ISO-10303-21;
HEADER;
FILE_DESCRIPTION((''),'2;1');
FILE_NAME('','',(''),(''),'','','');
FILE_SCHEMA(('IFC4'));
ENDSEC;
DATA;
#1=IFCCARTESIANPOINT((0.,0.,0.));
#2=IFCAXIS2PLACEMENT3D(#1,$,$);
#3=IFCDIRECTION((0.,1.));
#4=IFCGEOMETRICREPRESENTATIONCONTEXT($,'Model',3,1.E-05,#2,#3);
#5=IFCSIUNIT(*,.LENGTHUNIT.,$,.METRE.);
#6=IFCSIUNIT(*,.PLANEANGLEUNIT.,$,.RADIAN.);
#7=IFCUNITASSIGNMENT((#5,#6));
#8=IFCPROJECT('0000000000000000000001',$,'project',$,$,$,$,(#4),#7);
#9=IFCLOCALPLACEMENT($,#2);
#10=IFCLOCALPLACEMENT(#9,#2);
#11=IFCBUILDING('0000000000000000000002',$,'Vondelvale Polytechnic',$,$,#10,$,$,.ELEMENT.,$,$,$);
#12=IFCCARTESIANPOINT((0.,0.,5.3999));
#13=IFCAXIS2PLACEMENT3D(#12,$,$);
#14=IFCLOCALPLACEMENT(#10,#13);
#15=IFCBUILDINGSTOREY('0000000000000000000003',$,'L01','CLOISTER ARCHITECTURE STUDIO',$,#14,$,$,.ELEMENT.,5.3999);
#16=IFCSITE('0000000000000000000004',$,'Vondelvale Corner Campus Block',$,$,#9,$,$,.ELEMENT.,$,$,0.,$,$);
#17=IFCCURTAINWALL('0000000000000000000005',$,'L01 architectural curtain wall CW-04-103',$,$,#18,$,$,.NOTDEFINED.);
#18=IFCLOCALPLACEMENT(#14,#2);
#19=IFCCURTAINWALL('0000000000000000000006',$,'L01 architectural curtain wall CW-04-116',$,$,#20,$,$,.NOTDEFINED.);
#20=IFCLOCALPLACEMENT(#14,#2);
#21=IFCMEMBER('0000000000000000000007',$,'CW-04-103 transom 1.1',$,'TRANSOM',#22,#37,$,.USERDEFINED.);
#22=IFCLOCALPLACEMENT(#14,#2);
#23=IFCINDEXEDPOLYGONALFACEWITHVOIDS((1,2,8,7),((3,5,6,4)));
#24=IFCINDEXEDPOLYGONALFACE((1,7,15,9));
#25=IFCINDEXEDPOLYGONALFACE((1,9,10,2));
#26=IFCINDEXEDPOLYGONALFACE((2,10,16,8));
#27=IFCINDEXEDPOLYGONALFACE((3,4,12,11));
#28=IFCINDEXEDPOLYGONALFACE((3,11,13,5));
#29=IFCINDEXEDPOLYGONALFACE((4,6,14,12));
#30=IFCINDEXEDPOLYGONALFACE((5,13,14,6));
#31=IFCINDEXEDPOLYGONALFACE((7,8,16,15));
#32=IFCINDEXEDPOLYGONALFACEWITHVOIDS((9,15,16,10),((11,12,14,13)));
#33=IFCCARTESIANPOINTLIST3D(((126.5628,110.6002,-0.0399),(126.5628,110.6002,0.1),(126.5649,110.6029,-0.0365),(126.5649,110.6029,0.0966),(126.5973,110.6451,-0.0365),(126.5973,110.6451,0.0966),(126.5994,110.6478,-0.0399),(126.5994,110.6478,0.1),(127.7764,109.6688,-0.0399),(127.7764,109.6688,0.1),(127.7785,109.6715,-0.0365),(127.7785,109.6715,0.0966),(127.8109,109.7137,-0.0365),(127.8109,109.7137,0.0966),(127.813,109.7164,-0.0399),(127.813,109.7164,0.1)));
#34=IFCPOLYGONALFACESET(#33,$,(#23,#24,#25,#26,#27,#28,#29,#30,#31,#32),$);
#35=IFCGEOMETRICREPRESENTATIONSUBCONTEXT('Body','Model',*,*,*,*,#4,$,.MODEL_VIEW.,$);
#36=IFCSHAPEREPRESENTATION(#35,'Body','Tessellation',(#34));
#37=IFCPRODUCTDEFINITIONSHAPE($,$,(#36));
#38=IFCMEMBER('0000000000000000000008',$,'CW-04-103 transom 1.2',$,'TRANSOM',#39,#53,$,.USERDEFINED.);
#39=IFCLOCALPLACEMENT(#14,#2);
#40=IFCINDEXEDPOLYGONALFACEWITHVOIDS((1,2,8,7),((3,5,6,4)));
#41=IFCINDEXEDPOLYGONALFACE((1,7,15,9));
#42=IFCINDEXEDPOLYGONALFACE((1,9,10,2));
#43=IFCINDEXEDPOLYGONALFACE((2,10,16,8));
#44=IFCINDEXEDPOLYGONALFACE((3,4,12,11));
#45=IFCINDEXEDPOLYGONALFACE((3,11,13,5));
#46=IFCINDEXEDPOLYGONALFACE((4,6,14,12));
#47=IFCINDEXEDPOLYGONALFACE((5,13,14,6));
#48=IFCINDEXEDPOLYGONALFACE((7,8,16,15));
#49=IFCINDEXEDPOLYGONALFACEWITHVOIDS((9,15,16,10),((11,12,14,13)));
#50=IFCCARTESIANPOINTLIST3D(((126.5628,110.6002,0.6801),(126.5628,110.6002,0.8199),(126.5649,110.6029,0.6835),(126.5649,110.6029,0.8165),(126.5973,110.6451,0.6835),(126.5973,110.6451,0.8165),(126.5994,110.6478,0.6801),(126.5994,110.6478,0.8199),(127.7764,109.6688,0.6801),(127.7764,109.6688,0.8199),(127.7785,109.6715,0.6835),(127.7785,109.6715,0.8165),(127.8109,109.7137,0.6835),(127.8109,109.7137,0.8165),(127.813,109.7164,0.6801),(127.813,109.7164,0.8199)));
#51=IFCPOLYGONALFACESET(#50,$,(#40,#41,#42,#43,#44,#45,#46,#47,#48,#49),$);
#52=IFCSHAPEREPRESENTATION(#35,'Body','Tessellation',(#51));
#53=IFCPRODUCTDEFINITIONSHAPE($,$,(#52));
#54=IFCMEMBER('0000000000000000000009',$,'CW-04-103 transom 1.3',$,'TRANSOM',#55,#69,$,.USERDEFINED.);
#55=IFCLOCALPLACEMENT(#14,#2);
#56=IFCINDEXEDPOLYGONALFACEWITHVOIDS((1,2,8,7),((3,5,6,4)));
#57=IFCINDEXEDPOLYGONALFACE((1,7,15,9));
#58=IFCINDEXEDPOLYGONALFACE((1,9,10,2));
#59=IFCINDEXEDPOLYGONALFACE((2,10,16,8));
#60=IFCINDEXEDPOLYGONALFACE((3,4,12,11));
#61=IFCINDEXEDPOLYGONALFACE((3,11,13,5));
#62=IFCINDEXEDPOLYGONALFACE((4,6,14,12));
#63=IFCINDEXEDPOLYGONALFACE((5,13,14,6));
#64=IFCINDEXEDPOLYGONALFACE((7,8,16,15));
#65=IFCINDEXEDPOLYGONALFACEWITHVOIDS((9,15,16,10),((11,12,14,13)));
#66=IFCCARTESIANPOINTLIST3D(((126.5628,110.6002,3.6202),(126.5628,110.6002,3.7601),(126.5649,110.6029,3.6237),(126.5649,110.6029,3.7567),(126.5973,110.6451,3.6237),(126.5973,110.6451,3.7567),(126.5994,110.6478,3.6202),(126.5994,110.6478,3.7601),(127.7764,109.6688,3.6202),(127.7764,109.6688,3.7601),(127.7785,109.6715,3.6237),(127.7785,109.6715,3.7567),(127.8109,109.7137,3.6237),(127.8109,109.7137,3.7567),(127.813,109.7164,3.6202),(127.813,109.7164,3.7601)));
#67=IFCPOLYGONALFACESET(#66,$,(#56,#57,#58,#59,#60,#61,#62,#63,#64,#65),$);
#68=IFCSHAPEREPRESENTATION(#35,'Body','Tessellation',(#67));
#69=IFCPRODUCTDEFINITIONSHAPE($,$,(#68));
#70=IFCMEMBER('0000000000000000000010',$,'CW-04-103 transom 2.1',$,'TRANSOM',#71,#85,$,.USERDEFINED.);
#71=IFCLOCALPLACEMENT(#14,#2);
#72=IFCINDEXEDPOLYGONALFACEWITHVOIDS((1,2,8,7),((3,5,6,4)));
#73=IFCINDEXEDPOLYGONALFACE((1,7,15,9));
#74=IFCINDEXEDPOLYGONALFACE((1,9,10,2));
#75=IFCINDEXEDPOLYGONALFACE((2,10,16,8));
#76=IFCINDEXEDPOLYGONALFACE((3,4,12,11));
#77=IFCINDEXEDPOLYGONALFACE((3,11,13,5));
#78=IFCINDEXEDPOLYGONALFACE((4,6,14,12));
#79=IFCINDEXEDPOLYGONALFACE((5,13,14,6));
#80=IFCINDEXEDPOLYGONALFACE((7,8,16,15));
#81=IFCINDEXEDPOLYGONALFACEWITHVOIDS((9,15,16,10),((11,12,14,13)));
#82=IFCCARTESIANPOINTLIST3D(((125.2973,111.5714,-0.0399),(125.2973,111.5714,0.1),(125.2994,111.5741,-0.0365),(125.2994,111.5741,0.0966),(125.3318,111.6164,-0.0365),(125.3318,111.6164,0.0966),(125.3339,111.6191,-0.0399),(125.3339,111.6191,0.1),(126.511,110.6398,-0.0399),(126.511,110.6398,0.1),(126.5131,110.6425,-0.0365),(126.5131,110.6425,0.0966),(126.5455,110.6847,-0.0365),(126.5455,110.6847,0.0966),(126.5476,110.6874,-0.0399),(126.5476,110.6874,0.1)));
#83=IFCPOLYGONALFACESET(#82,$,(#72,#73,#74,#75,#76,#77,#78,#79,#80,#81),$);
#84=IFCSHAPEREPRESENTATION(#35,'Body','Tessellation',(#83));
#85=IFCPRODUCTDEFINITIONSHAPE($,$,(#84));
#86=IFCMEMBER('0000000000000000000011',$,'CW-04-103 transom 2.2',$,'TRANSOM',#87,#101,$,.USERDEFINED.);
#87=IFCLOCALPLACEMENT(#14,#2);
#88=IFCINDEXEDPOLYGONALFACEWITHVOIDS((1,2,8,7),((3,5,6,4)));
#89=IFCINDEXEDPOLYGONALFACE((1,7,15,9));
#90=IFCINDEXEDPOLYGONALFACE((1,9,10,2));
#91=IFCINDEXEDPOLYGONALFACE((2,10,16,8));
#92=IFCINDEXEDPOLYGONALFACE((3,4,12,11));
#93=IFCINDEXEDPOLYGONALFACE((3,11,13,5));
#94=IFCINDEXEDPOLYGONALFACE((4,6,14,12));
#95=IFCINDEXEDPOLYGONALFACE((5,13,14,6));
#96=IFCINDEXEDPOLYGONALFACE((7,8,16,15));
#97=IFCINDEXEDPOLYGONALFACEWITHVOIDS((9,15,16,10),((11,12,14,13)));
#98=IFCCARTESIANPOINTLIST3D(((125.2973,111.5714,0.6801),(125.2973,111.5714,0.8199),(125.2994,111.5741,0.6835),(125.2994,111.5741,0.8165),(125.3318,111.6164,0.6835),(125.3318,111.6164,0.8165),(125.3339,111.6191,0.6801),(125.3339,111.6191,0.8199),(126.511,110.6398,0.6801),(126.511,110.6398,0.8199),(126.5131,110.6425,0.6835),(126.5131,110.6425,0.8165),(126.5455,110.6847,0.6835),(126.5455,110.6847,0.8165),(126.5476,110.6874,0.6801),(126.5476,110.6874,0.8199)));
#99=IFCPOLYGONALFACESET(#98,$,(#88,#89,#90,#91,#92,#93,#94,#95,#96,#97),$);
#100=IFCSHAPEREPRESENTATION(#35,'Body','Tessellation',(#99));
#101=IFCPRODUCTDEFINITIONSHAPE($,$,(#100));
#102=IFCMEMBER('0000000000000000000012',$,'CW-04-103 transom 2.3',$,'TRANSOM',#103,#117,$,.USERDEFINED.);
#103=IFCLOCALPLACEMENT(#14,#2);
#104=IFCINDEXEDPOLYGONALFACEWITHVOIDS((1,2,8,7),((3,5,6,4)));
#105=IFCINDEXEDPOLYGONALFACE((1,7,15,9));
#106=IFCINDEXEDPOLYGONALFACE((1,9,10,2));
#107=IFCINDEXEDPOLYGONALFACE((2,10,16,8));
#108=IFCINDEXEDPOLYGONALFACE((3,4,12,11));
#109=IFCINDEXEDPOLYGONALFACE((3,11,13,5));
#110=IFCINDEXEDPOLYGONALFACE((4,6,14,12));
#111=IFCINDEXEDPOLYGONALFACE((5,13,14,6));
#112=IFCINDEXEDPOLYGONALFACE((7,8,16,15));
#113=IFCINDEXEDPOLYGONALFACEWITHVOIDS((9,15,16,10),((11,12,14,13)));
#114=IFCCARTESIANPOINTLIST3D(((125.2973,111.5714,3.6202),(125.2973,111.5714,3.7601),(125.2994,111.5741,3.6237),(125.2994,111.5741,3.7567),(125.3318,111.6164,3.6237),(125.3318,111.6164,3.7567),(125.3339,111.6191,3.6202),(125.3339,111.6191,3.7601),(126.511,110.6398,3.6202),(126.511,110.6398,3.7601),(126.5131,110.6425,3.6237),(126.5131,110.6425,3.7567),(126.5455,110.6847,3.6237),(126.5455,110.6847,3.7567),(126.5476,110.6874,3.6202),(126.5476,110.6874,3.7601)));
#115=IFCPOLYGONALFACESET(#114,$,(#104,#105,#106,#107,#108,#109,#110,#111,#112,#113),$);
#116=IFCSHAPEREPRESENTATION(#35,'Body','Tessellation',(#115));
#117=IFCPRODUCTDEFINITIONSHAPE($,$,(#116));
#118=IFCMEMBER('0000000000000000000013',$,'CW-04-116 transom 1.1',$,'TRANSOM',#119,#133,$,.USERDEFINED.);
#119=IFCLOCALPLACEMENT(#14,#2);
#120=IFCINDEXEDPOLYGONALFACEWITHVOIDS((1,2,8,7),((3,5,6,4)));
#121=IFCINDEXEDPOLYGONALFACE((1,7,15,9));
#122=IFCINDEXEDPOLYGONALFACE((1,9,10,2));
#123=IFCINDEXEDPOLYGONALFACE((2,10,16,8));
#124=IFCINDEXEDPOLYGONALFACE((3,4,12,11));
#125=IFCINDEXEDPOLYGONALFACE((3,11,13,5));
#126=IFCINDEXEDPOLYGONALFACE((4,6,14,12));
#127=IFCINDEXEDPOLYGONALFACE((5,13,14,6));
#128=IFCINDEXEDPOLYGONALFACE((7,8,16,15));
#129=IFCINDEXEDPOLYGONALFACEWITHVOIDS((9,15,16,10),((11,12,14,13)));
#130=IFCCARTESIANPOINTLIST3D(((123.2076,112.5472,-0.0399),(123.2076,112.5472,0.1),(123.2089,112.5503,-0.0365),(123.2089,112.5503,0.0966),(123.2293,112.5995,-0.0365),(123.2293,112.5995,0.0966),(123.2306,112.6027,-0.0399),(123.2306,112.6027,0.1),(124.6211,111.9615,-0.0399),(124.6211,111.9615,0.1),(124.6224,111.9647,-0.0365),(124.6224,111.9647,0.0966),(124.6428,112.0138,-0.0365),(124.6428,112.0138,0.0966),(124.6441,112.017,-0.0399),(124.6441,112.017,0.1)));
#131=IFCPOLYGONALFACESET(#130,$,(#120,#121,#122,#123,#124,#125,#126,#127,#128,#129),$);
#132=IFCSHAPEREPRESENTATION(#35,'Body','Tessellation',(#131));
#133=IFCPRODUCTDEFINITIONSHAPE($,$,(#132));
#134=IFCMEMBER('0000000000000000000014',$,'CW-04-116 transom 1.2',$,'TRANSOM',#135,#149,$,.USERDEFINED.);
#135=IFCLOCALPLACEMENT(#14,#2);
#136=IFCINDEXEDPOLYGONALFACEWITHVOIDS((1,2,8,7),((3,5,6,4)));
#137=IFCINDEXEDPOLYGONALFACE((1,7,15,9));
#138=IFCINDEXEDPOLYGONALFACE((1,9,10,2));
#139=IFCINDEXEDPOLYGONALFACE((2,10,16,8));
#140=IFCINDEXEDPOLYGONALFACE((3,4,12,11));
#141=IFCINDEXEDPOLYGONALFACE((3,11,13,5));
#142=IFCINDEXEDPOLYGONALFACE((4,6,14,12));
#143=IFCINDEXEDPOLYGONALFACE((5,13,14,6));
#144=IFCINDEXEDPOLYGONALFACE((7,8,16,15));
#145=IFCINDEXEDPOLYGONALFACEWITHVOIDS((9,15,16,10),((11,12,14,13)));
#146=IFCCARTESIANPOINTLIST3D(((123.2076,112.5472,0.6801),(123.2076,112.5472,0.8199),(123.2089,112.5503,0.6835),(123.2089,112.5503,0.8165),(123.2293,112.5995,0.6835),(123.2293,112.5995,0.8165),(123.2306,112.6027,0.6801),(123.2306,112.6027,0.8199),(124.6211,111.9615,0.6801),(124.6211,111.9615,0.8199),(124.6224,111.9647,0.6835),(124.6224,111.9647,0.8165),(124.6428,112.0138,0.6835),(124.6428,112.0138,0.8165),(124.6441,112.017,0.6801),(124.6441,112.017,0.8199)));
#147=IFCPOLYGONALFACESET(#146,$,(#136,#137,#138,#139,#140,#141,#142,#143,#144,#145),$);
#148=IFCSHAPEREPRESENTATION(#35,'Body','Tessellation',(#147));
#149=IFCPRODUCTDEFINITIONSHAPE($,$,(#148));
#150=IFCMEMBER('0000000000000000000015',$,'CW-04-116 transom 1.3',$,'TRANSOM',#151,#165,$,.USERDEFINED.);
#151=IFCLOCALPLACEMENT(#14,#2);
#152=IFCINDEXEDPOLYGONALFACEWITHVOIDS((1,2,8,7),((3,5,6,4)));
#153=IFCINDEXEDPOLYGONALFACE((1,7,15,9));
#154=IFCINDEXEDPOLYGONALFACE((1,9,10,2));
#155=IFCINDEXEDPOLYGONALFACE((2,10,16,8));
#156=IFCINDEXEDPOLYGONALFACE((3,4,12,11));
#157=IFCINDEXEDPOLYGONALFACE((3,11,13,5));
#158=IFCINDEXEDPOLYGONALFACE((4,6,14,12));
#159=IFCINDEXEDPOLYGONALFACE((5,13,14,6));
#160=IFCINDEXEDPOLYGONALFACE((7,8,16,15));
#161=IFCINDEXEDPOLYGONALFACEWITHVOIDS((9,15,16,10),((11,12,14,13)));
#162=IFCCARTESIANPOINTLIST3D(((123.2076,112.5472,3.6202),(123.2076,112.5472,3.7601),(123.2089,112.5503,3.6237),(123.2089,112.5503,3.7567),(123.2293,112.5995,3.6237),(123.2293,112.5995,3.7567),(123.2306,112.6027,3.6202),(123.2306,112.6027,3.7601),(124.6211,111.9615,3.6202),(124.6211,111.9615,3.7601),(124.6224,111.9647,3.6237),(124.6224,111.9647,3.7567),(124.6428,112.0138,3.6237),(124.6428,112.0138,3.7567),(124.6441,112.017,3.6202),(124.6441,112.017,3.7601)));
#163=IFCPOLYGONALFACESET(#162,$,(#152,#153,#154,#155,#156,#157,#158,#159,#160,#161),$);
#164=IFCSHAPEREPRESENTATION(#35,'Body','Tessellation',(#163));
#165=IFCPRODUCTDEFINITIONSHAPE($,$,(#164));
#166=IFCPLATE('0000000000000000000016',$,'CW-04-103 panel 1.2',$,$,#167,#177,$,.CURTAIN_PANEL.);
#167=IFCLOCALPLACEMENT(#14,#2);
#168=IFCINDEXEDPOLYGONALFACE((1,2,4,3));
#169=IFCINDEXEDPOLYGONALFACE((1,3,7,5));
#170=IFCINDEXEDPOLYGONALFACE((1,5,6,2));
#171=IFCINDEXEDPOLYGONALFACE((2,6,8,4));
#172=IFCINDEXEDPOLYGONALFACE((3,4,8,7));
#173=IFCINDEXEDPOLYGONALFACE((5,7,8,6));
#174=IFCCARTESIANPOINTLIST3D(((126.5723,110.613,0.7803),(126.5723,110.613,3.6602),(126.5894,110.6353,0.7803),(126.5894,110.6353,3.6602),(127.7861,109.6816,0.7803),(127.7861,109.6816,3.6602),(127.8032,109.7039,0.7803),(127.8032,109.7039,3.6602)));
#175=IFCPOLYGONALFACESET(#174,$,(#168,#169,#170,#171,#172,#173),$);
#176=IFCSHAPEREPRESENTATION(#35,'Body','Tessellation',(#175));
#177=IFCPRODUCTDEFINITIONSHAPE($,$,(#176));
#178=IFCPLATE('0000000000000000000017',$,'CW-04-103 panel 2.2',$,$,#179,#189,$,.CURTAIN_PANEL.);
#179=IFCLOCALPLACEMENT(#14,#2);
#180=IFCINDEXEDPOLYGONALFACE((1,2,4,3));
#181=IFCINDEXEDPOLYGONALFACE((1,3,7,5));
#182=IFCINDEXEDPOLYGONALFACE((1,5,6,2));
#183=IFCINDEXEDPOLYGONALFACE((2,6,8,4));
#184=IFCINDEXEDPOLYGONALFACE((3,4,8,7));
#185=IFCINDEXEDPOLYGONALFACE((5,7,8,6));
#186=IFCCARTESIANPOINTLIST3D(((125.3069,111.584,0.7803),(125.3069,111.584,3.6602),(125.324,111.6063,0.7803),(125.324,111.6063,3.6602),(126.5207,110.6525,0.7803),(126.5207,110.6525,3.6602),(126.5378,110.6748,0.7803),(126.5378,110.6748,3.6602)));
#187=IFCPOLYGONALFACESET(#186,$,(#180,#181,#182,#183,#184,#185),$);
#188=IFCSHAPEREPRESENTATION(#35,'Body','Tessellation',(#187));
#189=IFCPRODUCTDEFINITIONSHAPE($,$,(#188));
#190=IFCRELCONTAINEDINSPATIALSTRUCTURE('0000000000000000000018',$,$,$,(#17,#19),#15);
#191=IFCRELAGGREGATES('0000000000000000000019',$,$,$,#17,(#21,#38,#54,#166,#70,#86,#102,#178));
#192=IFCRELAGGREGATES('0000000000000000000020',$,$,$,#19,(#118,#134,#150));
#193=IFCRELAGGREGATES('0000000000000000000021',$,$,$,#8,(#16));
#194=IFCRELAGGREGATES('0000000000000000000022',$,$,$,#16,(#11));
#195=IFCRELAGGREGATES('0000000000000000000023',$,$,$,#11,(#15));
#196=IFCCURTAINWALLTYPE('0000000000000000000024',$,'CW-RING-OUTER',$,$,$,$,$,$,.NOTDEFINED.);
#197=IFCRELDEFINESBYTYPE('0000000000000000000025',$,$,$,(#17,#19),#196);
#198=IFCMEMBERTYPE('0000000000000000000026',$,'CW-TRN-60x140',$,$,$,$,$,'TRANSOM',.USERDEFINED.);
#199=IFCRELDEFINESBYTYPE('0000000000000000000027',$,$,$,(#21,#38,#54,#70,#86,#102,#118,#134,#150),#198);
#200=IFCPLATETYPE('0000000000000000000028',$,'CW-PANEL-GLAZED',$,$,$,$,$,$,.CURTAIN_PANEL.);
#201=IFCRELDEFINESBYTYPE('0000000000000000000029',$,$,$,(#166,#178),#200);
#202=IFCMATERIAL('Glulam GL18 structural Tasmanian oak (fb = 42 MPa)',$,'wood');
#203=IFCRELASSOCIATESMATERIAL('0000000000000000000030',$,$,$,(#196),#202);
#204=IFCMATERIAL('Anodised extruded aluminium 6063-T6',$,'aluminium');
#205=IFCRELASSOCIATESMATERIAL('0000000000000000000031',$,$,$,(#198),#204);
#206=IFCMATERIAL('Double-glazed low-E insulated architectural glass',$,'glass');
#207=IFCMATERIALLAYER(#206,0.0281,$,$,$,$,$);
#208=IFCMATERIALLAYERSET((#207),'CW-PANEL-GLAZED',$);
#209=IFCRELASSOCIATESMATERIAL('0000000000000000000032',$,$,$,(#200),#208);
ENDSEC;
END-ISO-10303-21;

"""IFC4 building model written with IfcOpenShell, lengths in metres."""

from ifc_helpers import new_model, si_unit, direction, frame, origin, origin_2d, place, context, subcontext, project, spatial, rectangle, hollow_rectangle, extrude, material, layer, layer_set, material_profile, profile_set, type_object, element, aggregate, save


model = new_model("IFC4")

# Units and contexts
model_context = context("Model", 3, precision=1e-05, world=origin(), true_north=direction((0.0, 1.0)))
body_context = subcontext(model_context, "Body", "Model", "MODEL_VIEW")
ifc_project = project(units=[si_unit("LENGTHUNIT", "METRE"), si_unit("PLANEANGLEUNIT", "RADIAN")], contexts=[model_context])

# Site, building, storey
site_placement = place(None, origin())
site = spatial("IfcSite", under=ifc_project, at=site_placement, Name="Vondelvale Corner Campus Block", CompositionType="ELEMENT", RefElevation=0.0)
building_placement = place(site_placement, origin())
building = spatial("IfcBuilding", under=site, at=building_placement, Name="Vondelvale Polytechnic", CompositionType="ELEMENT")
storey_placement = place(building_placement, frame((0.0, 0.0, 5.3999)))
storey = spatial("IfcBuildingStorey", under=building, at=storey_placement, Name="L01", Description="CLOISTER ARCHITECTURE STUDIO", CompositionType="ELEMENT", Elevation=5.3999)

# Shared definitions
ifc_material_1 = material(Name="Glulam GL18 structural Tasmanian oak (fb = 42 MPa)", Category="wood")

# Shared definitions
curtain_wall_type = type_object("IfcCurtainWallType", Name="CW-RING-OUTER", PredefinedType="NOTDEFINED", material=ifc_material_1)
ifc_material_2 = material(Name="Anodised extruded aluminium 6063-T6", Category="aluminium")

# Curtain walls
curtain_wall_1_placement = place(storey_placement, origin())
curtain_wall_1 = element("IfcCurtainWall", 1, at=curtain_wall_1_placement, inside=storey, type_object=curtain_wall_type, Name="L01 architectural curtain wall CW-04-103", PredefinedType="NOTDEFINED")
curtain_wall_2_placement = place(storey_placement, origin())
curtain_wall_2 = element("IfcCurtainWall", 2, at=curtain_wall_2_placement, inside=storey, type_object=curtain_wall_type, Name="L01 architectural curtain wall CW-04-116", PredefinedType="NOTDEFINED")

# Members
ifc_material_profile_1 = material_profile(ifc_material_2, hollow_rectangle(XDim=0.0601, YDim=0.1399, WallThickness=0.0034, at=origin_2d()), Name="CW-TRN-140x60")
ifc_profile_set_1 = profile_set([ifc_material_profile_1], Name="Anodised extruded aluminium 6063-T6")
member_type_1 = type_object("IfcMemberType", Name="CW-TRN-60x140", ElementType="TRANSOM", PredefinedType="USERDEFINED", material=ifc_profile_set_1)
member_1_placement = place(storey_placement, frame((127.7947, 109.6926, 0.03), z_axis=(-0.793306, 0.608823, 0.0), x_axis=(-0.608823, -0.793306, 0.0)))
member_1 = element("IfcMember", 3, at=member_1_placement, type_object=member_type_1, Name="CW-04-103 transom 1.1", ObjectType="TRANSOM", PredefinedType="USERDEFINED", context=body_context, shape_type="SweptSolid", body=[
    extrude(hollow_rectangle(XDim=0.0601, YDim=0.1399, WallThickness=0.0034, at=origin_2d()), origin(), (0.0, 0.0, 1.0), 1.5298),
])
member_2_placement = place(storey_placement, frame((127.7947, 109.6926, 0.75), z_axis=(-0.793306, 0.608823, 0.0), x_axis=(-0.608823, -0.793306, 0.0)))
member_2 = element("IfcMember", 4, at=member_2_placement, type_object=member_type_1, Name="CW-04-103 transom 1.2", ObjectType="TRANSOM", PredefinedType="USERDEFINED", context=body_context, shape_type="SweptSolid", body=[
    extrude(hollow_rectangle(XDim=0.0601, YDim=0.1399, WallThickness=0.0034, at=origin_2d()), origin(), (0.0, 0.0, 1.0), 1.5298),
])
member_3_placement = place(storey_placement, frame((127.7947, 109.6926, 3.6902), z_axis=(-0.793306, 0.608823, 0.0), x_axis=(-0.608823, -0.793306, 0.0)))
member_3 = element("IfcMember", 5, at=member_3_placement, type_object=member_type_1, Name="CW-04-103 transom 1.3", ObjectType="TRANSOM", PredefinedType="USERDEFINED", context=body_context, shape_type="SweptSolid", body=[
    extrude(hollow_rectangle(XDim=0.0601, YDim=0.1399, WallThickness=0.0034, at=origin_2d()), origin(), (0.0, 0.0, 1.0), 1.5298),
])
member_4_placement = place(storey_placement, frame((126.5293, 110.6636, 0.03), z_axis=(-0.793229, 0.608924, 0.0), x_axis=(-0.608924, -0.793229, 0.0)))
member_4 = element("IfcMember", 6, at=member_4_placement, type_object=member_type_1, Name="CW-04-103 transom 2.1", ObjectType="TRANSOM", PredefinedType="USERDEFINED", context=body_context, shape_type="SweptSolid", body=[
    extrude(hollow_rectangle(XDim=0.0601, YDim=0.1399, WallThickness=0.0034, at=origin_2d()), origin(), (0.0, 0.0, 1.0), 1.53),
])
member_5_placement = place(storey_placement, frame((126.5293, 110.6636, 0.75), z_axis=(-0.793229, 0.608924, 0.0), x_axis=(-0.608924, -0.793229, 0.0)))
member_5 = element("IfcMember", 7, at=member_5_placement, type_object=member_type_1, Name="CW-04-103 transom 2.2", ObjectType="TRANSOM", PredefinedType="USERDEFINED", context=body_context, shape_type="SweptSolid", body=[
    extrude(hollow_rectangle(XDim=0.0601, YDim=0.1399, WallThickness=0.0034, at=origin_2d()), origin(), (0.0, 0.0, 1.0), 1.53),
])
member_6_placement = place(storey_placement, frame((126.5293, 110.6636, 3.6902), z_axis=(-0.793229, 0.608924, 0.0), x_axis=(-0.608924, -0.793229, 0.0)))
member_6 = element("IfcMember", 8, at=member_6_placement, type_object=member_type_1, Name="CW-04-103 transom 2.3", ObjectType="TRANSOM", PredefinedType="USERDEFINED", context=body_context, shape_type="SweptSolid", body=[
    extrude(hollow_rectangle(XDim=0.0601, YDim=0.1399, WallThickness=0.0034, at=origin_2d()), origin(), (0.0, 0.0, 1.0), 1.53),
])
member_7_placement = place(storey_placement, frame((124.6326, 111.9893, 0.03), z_axis=(-0.92384, 0.382779, 0.0), x_axis=(-0.382779, -0.92384, 0.0)))
member_7 = element("IfcMember", 9, at=member_7_placement, type_object=member_type_1, Name="CW-04-116 transom 1.1", ObjectType="TRANSOM", PredefinedType="USERDEFINED", context=body_context, shape_type="SweptSolid", body=[
    extrude(hollow_rectangle(XDim=0.0601, YDim=0.1399, WallThickness=0.0034, at=origin_2d()), origin(), (0.0, 0.0, 1.0), 1.53),
])
member_8_placement = place(storey_placement, frame((124.6326, 111.9893, 0.75), z_axis=(-0.92384, 0.382779, 0.0), x_axis=(-0.382779, -0.92384, 0.0)))
member_8 = element("IfcMember", 10, at=member_8_placement, type_object=member_type_1, Name="CW-04-116 transom 1.2", ObjectType="TRANSOM", PredefinedType="USERDEFINED", context=body_context, shape_type="SweptSolid", body=[
    extrude(hollow_rectangle(XDim=0.0601, YDim=0.1399, WallThickness=0.0034, at=origin_2d()), origin(), (0.0, 0.0, 1.0), 1.53),
])
member_9_placement = place(storey_placement, frame((124.6326, 111.9893, 3.6902), z_axis=(-0.92384, 0.382779, 0.0), x_axis=(-0.382779, -0.92384, 0.0)))
member_9 = element("IfcMember", 11, at=member_9_placement, type_object=member_type_1, Name="CW-04-116 transom 1.3", ObjectType="TRANSOM", PredefinedType="USERDEFINED", context=body_context, shape_type="SweptSolid", body=[
    extrude(hollow_rectangle(XDim=0.0601, YDim=0.1399, WallThickness=0.0034, at=origin_2d()), origin(), (0.0, 0.0, 1.0), 1.53),
])

# Plates
ifc_material_3 = material(Name="Double-glazed low-E insulated architectural glass", Category="glass")
ifc_layer_1 = layer(ifc_material_3, 0.0281)
ifc_layer_set_1 = layer_set([ifc_layer_1], Name="CW-PANEL-GLAZED")
plate_type_1 = type_object("IfcPlateType", Name="CW-PANEL-GLAZED", PredefinedType="CURTAIN_PANEL", material=ifc_layer_set_1)
plate_1_placement = place(storey_placement, frame((127.1877, 110.1584, 0.7803), z_axis=(0.0, 0.0, 1.0), x_axis=(-0.793334, 0.608787, 0.0)))
plate_1 = element("IfcPlate", 12, at=plate_1_placement, type_object=plate_type_1, Name="CW-04-103 panel 1.2", PredefinedType="CURTAIN_PANEL", context=body_context, shape_type="SweptSolid", body=[
    extrude(rectangle(XDim=1.53, YDim=0.0281, at=origin_2d()), origin(), (0.0, 0.0, 1.0), 2.8799),
])
plate_2_placement = place(storey_placement, frame((125.9224, 111.1294, 0.7803), z_axis=(0.0, 0.0, 1.0), x_axis=(-0.793334, 0.608787, 0.0)))
plate_2 = element("IfcPlate", 13, at=plate_2_placement, type_object=plate_type_1, Name="CW-04-103 panel 2.2", PredefinedType="CURTAIN_PANEL", context=body_context, shape_type="SweptSolid", body=[
    extrude(rectangle(XDim=1.53, YDim=0.0281, at=origin_2d()), origin(), (0.0, 0.0, 1.0), 2.8799),
])
aggregate(curtain_wall_1, [member_1, member_2, member_3, plate_1, member_4, member_5, member_6, plate_2])
aggregate(curtain_wall_2, [member_7, member_8, member_9])

save(model, "model.ifc")
